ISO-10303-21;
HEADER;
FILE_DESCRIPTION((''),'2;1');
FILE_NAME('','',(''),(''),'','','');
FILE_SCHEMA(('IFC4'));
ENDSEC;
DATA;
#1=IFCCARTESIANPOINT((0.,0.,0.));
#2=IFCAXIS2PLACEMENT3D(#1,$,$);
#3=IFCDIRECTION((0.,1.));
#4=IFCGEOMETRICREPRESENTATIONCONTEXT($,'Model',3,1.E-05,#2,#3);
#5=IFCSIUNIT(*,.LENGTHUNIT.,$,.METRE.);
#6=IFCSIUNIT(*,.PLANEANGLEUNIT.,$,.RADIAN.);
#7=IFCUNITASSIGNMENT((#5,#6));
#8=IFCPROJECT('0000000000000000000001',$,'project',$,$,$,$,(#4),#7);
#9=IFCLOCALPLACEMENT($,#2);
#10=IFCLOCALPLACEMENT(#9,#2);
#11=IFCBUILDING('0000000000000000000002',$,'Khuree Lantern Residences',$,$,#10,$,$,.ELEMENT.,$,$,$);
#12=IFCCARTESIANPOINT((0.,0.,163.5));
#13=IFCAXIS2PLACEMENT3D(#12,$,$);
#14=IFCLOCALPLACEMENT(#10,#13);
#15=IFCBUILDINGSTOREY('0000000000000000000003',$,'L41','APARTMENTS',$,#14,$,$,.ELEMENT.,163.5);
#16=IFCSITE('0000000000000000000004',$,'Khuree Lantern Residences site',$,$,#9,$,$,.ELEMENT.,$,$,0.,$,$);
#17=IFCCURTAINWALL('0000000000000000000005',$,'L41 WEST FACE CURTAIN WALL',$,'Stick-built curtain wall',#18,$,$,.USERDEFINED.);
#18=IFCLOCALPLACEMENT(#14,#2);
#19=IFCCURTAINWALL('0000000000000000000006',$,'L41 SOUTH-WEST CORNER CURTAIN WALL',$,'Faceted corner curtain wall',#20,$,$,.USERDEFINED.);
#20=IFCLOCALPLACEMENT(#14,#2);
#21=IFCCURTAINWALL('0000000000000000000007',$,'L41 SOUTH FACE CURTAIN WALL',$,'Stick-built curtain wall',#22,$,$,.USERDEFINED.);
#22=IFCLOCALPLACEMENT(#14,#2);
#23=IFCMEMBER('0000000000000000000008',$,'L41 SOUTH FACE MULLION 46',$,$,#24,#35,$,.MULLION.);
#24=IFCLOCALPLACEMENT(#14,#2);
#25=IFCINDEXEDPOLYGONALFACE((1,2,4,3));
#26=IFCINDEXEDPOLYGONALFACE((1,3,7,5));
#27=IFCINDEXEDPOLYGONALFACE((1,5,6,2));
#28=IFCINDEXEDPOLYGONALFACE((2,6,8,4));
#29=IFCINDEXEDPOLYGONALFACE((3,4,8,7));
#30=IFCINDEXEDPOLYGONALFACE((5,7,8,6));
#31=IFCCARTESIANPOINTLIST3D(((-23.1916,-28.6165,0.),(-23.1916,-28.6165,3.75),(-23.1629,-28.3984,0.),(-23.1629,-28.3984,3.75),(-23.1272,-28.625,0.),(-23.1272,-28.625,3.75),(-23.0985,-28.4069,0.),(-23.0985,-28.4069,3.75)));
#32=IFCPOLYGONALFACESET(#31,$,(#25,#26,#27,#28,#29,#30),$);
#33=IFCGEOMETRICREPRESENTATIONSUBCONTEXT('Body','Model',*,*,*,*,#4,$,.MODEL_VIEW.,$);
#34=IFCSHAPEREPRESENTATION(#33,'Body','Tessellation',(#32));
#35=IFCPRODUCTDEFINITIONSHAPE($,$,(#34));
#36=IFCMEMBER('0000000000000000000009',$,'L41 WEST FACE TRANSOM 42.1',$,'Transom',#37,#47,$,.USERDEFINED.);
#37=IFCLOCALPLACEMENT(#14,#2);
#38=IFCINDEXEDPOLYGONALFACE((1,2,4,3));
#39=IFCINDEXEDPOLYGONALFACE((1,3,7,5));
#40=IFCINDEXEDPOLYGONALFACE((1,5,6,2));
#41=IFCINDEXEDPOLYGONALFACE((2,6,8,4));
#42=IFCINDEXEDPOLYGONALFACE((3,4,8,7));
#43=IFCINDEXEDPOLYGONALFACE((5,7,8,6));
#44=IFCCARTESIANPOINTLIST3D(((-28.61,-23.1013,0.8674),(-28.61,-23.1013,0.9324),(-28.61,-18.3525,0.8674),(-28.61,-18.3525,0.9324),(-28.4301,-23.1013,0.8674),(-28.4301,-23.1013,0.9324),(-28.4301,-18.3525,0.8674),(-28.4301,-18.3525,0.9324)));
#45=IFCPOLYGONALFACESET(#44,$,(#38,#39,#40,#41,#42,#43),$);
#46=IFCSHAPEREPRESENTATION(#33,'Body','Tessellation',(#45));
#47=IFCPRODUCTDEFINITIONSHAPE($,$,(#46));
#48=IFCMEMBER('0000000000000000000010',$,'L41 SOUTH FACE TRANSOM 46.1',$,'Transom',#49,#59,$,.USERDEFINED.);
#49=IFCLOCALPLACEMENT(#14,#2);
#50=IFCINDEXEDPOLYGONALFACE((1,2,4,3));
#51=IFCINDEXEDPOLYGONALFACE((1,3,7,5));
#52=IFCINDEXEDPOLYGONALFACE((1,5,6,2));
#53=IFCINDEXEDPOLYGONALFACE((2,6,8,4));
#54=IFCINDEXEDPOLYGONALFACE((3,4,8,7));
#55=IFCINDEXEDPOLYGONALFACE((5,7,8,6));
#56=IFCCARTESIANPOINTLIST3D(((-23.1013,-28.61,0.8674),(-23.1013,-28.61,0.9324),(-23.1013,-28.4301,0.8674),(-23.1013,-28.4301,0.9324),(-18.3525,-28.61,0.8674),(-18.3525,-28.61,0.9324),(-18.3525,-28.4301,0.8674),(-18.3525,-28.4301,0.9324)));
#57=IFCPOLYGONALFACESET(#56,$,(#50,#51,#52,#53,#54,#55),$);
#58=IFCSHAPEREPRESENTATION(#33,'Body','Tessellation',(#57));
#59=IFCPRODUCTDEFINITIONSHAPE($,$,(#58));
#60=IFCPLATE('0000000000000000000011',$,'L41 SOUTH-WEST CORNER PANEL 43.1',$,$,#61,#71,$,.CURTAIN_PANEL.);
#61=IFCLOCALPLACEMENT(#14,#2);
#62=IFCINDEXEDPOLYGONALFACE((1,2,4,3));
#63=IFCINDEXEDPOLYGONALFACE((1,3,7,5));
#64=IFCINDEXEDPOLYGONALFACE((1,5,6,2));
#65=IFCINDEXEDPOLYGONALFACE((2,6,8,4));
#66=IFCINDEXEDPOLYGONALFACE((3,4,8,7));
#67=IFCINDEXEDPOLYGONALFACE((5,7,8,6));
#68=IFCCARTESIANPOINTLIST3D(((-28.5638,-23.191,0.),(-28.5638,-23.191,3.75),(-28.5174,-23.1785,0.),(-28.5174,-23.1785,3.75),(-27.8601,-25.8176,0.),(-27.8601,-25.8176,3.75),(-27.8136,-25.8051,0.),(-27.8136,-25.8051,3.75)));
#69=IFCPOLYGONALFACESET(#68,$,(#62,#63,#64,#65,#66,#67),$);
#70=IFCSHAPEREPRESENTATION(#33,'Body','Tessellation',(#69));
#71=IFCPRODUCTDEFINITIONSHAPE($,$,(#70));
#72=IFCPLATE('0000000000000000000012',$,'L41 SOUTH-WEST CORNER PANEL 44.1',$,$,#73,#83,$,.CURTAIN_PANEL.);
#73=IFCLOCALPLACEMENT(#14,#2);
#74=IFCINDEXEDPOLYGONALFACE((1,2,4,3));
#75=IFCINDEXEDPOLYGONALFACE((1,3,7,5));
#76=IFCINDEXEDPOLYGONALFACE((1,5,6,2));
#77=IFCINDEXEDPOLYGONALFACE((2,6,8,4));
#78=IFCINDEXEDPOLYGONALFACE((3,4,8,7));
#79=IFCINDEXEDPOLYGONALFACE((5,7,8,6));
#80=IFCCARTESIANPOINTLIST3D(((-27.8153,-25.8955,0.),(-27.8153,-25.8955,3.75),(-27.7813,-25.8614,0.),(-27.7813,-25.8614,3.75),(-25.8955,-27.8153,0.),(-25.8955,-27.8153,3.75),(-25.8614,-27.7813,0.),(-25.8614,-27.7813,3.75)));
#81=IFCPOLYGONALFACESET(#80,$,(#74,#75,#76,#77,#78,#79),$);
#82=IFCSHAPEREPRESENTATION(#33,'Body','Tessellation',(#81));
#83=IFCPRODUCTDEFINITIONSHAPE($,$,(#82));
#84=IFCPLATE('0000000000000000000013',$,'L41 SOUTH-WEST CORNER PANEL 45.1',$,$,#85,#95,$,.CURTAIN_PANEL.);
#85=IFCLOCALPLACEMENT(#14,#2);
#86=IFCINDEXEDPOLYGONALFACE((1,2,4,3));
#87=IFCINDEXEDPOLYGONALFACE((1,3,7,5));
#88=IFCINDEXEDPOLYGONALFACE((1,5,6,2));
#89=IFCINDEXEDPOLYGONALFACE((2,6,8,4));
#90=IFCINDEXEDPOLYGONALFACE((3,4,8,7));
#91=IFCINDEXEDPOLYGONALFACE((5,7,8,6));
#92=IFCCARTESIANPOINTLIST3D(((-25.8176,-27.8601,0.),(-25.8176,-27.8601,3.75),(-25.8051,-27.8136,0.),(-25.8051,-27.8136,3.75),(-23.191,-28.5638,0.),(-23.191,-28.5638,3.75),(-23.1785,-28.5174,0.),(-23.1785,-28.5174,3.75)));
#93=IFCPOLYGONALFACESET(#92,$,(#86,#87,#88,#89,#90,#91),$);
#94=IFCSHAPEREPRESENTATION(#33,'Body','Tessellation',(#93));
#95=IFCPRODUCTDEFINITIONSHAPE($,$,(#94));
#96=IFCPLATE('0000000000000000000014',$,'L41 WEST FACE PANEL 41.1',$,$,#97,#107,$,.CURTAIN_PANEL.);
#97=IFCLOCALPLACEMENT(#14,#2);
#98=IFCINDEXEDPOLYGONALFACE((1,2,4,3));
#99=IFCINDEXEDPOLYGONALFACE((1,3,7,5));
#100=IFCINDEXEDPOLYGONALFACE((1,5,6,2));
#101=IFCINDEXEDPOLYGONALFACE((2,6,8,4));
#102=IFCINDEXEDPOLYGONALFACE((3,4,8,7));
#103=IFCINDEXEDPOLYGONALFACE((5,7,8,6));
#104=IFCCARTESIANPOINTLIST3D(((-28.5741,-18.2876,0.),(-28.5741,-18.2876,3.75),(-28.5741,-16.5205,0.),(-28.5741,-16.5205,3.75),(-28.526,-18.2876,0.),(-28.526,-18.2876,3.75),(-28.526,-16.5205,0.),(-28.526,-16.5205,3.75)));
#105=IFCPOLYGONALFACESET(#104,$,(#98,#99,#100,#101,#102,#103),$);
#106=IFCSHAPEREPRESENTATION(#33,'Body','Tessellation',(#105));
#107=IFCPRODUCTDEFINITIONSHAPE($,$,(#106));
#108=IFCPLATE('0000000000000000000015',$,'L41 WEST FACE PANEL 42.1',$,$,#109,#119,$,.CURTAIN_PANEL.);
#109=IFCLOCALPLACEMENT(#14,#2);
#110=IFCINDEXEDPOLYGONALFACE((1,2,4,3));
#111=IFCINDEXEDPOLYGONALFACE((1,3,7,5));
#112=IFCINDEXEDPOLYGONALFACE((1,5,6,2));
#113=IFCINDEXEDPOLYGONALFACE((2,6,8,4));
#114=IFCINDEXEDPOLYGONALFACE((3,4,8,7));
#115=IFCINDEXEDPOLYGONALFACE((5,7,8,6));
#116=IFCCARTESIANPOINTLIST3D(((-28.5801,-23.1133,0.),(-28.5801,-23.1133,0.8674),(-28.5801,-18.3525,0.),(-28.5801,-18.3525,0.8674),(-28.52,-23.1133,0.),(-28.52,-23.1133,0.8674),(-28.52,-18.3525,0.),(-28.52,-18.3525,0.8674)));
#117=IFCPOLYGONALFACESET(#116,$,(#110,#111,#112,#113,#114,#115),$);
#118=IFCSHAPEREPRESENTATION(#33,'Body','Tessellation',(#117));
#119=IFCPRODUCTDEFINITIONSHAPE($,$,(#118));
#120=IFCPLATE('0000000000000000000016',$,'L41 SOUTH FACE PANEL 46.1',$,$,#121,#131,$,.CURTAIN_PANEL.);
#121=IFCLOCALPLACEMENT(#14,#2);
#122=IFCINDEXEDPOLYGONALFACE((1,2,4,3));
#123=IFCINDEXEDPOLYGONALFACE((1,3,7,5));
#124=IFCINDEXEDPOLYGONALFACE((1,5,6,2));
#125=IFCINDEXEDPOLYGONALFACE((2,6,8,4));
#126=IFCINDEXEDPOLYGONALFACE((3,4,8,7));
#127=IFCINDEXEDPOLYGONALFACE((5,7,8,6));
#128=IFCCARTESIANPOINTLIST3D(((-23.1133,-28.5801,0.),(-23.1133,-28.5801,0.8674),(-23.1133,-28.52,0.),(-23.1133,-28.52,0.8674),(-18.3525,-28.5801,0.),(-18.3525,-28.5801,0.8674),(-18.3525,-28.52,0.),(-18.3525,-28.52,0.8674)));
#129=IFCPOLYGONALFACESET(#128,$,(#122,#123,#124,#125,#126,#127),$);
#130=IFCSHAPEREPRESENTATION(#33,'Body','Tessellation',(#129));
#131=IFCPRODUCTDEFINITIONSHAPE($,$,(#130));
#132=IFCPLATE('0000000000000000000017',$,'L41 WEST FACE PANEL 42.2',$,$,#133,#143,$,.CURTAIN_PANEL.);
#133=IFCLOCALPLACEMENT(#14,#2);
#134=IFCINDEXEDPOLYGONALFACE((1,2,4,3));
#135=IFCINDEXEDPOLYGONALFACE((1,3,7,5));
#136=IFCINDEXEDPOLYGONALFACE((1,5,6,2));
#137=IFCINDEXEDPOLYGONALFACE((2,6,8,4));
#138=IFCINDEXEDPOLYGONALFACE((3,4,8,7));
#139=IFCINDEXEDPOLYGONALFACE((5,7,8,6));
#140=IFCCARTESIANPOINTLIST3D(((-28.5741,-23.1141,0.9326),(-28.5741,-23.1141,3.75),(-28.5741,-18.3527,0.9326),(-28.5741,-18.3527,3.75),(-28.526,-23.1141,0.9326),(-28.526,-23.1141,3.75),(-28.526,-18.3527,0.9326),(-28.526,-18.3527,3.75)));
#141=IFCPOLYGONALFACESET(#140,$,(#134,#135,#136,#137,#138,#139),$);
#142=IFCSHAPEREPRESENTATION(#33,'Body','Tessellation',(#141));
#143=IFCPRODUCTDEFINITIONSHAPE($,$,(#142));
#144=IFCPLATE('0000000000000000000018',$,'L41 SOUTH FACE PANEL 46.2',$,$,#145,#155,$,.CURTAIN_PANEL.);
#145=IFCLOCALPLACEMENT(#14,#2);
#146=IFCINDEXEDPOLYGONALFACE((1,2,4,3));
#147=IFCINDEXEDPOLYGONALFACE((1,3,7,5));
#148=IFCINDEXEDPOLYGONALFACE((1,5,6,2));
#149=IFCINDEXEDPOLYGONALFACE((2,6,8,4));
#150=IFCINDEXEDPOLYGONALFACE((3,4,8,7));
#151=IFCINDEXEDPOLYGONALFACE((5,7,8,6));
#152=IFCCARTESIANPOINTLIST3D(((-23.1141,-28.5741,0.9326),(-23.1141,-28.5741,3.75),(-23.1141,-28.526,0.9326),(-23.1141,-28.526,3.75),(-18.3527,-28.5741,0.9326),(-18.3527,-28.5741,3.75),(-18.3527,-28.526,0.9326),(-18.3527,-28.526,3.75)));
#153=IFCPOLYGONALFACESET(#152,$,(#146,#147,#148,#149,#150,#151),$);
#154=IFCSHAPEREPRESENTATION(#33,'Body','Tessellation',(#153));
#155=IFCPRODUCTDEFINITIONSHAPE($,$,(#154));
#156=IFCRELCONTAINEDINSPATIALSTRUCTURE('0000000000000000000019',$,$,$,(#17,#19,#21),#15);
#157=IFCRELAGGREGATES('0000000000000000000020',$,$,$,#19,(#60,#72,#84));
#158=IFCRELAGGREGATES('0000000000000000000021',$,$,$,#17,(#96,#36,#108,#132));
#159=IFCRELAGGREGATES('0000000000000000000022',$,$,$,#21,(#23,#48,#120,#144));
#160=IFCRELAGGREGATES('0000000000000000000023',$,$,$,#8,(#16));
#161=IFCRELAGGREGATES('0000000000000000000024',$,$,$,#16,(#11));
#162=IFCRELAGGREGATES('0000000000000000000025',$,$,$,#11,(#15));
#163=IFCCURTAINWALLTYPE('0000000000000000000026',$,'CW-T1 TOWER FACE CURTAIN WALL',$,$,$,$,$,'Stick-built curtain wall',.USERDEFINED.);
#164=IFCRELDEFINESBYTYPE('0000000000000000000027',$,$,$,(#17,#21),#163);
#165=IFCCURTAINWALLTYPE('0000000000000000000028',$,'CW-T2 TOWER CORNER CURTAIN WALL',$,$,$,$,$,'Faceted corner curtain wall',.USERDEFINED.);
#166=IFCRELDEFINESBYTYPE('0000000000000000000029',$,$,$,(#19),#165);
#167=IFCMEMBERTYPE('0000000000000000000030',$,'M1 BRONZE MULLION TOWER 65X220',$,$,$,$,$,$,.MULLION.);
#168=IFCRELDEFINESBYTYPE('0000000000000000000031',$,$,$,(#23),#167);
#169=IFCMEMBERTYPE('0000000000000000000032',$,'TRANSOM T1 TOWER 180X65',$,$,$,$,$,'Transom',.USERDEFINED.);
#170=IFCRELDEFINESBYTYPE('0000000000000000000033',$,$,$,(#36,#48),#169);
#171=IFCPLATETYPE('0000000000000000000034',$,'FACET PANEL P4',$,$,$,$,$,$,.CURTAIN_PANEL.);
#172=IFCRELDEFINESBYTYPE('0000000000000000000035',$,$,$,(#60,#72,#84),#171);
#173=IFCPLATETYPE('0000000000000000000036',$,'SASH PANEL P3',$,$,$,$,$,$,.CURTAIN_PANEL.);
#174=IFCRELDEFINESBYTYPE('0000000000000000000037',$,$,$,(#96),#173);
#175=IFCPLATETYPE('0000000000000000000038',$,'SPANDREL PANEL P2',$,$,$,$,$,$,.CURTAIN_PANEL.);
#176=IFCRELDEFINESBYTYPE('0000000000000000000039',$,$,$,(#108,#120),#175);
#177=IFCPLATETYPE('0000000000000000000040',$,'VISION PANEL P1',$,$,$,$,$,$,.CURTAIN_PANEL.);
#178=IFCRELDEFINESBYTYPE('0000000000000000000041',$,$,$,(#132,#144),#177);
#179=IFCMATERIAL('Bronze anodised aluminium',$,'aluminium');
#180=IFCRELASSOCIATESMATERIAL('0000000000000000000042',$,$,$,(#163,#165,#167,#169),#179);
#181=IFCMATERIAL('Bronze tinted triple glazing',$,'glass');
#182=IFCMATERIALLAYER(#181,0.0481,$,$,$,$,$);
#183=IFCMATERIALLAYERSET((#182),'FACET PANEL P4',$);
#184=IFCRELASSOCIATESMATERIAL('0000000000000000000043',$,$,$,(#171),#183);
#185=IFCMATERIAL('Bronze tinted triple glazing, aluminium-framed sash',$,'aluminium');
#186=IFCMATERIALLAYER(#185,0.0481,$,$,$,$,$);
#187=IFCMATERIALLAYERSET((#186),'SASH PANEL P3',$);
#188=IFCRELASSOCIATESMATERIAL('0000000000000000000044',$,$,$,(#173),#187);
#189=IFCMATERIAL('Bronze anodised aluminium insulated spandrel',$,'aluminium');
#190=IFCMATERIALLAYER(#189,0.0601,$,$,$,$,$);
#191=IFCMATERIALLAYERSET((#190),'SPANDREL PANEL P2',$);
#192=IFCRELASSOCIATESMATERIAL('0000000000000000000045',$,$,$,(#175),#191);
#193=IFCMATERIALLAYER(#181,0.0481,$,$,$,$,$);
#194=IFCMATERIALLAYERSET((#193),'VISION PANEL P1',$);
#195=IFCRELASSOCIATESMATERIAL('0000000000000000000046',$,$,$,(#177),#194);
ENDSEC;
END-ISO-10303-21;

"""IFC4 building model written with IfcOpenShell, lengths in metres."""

from ifc_helpers import new_model, si_unit, direction, frame, origin, origin_2d, place, context, subcontext, project, spatial, rectangle, extrude, material, layer, layer_set, material_profile, profile_set, type_object, element, aggregate, save


model = new_model("IFC4")

# Units and contexts
model_context = context("Model", 3, precision=1e-05, world=origin(), true_north=direction((0.0, 1.0)))
body_context = subcontext(model_context, "Body", "Model", "MODEL_VIEW")
ifc_project = project(units=[si_unit("LENGTHUNIT", "METRE"), si_unit("PLANEANGLEUNIT", "RADIAN")], contexts=[model_context])

# Site, building, storey
site_placement = place(None, origin())
site = spatial("IfcSite", under=ifc_project, at=site_placement, Name="Khuree Lantern Residences site", CompositionType="ELEMENT", RefElevation=0.0)
building_placement = place(site_placement, origin())
building = spatial("IfcBuilding", under=site, at=building_placement, Name="Khuree Lantern Residences", CompositionType="ELEMENT")
storey_placement = place(building_placement, frame((0.0, 0.0, 163.5)))
storey = spatial("IfcBuildingStorey", under=building, at=storey_placement, Name="L41", Description="APARTMENTS", CompositionType="ELEMENT", Elevation=163.5)

# Curtain walls
ifc_material_1 = material(Name="Bronze anodised aluminium", Category="aluminium")
curtain_wall_type_1 = type_object("IfcCurtainWallType", Name="CW-T1 TOWER FACE CURTAIN WALL", ElementType="Stick-built curtain wall", PredefinedType="USERDEFINED", material=ifc_material_1)
curtain_wall_1_placement = place(storey_placement, origin())
curtain_wall_1 = element("IfcCurtainWall", 1, at=curtain_wall_1_placement, inside=storey, type_object=curtain_wall_type_1, Name="L41 WEST FACE CURTAIN WALL", ObjectType="Stick-built curtain wall", PredefinedType="USERDEFINED")
curtain_wall_type_2 = type_object("IfcCurtainWallType", Name="CW-T2 TOWER CORNER CURTAIN WALL", ElementType="Faceted corner curtain wall", PredefinedType="USERDEFINED", material=ifc_material_1)
curtain_wall_2_placement = place(storey_placement, origin())
curtain_wall_2 = element("IfcCurtainWall", 2, at=curtain_wall_2_placement, inside=storey, type_object=curtain_wall_type_2, Name="L41 SOUTH-WEST CORNER CURTAIN WALL", ObjectType="Faceted corner curtain wall", PredefinedType="USERDEFINED")

# Shared definitions
ifc_material_profile_1 = material_profile(ifc_material_1, rectangle(XDim=0.0649, YDim=0.22, at=origin_2d()), Name="M1 65X220")
ifc_profile_set_1 = profile_set([ifc_material_profile_1], Name="Bronze anodised aluminium")
member_type_1 = type_object("IfcMemberType", Name="M1 BRONZE MULLION TOWER 65X220", PredefinedType="MULLION", material=ifc_profile_set_1)

# Curtain wall, member
curtain_wall_3_placement = place(storey_placement, origin())
curtain_wall_3 = element("IfcCurtainWall", 3, at=curtain_wall_3_placement, inside=storey, type_object=curtain_wall_type_1, Name="L41 SOUTH FACE CURTAIN WALL", ObjectType="Stick-built curtain wall", PredefinedType="USERDEFINED")
member_1_placement = place(storey_placement, frame((-23.145, -28.5117, 0.0), z_axis=(0.0, 0.0, 1.0), x_axis=(0.991445, -0.130526, 0.0)))
member_1 = element("IfcMember", 4, at=member_1_placement, type_object=member_type_1, Name="L41 SOUTH FACE MULLION 46", PredefinedType="MULLION", context=body_context, shape_type="SweptSolid", body=[
    extrude(rectangle(XDim=0.0649, YDim=0.22, at=origin_2d()), origin(), (0.0, 0.0, 1.0), 3.75),
])

# Members
ifc_material_profile_2 = material_profile(ifc_material_1, rectangle(XDim=0.1799, YDim=0.0649, at=origin_2d()), Name="T1 180X65")
ifc_profile_set_2 = profile_set([ifc_material_profile_2], Name="Bronze anodised aluminium")
member_type_2 = type_object("IfcMemberType", Name="TRANSOM T1 TOWER 180X65", ElementType="Transom", PredefinedType="USERDEFINED", material=ifc_profile_set_2)
member_2_placement = place(storey_placement, frame((-28.52, -18.3525, 0.8999), z_axis=(0.0, -1.0, 0.0), x_axis=(1.0, 0.0, 0.0)))
member_2 = element("IfcMember", 5, at=member_2_placement, type_object=member_type_2, Name="L41 WEST FACE TRANSOM 42.1", ObjectType="Transom", PredefinedType="USERDEFINED", context=body_context, shape_type="SweptSolid", body=[
    extrude(rectangle(XDim=0.1799, YDim=0.0649, at=origin_2d()), origin(), (0.0, 0.0, 1.0), 4.7488),
])
member_3_placement = place(storey_placement, frame((-23.1013, -28.52, 0.8999), z_axis=(1.0, 0.0, 0.0), x_axis=(0.0, 1.0, 0.0)))
member_3 = element("IfcMember", 6, at=member_3_placement, type_object=member_type_2, Name="L41 SOUTH FACE TRANSOM 46.1", ObjectType="Transom", PredefinedType="USERDEFINED", context=body_context, shape_type="SweptSolid", body=[
    extrude(rectangle(XDim=0.1799, YDim=0.0649, at=origin_2d()), origin(), (0.0, 0.0, 1.0), 4.7488),
])

# Plates
ifc_material_2 = material(Name="Bronze tinted triple glazing", Category="glass")
ifc_layer_1 = layer(ifc_material_2, 0.0481)
ifc_layer_set_1 = layer_set([ifc_layer_1], Name="FACET PANEL P4")
plate_type_1 = type_object("IfcPlateType", Name="FACET PANEL P4", PredefinedType="CURTAIN_PANEL", material=ifc_layer_set_1)
plate_1_placement = place(storey_placement, frame((-28.1887, -24.498, 0.0), z_axis=(0.0, 0.0, 1.0), x_axis=(0.258819, -0.965926, 0.0)))
plate_1 = element("IfcPlate", 7, at=plate_1_placement, type_object=plate_type_1, Name="L41 SOUTH-WEST CORNER PANEL 43.1", PredefinedType="CURTAIN_PANEL", context=body_context, shape_type="SweptSolid", body=[
    extrude(rectangle(XDim=2.7192, YDim=0.0481, at=origin_2d()), origin(), (0.0, 0.0, 1.0), 3.75),
])
plate_2_placement = place(storey_placement, frame((-26.8384, -26.8384, 0.0), z_axis=(0.0, 0.0, 1.0), x_axis=(0.707107, -0.707107, 0.0)))
plate_2 = element("IfcPlate", 8, at=plate_2_placement, type_object=plate_type_1, Name="L41 SOUTH-WEST CORNER PANEL 44.1", PredefinedType="CURTAIN_PANEL", context=body_context, shape_type="SweptSolid", body=[
    extrude(rectangle(XDim=2.7151, YDim=0.0481, at=origin_2d()), origin(), (0.0, 0.0, 1.0), 3.75),
])
plate_3_placement = place(storey_placement, frame((-24.498, -28.1887, 0.0), z_axis=(0.0, 0.0, 1.0), x_axis=(0.965926, -0.258819, 0.0)))
plate_3 = element("IfcPlate", 9, at=plate_3_placement, type_object=plate_type_1, Name="L41 SOUTH-WEST CORNER PANEL 45.1", PredefinedType="CURTAIN_PANEL", context=body_context, shape_type="SweptSolid", body=[
    extrude(rectangle(XDim=2.7192, YDim=0.0481, at=origin_2d()), origin(), (0.0, 0.0, 1.0), 3.75),
])
aggregate(curtain_wall_2, [plate_1, plate_2, plate_3])
ifc_material_3 = material(Name="Bronze tinted triple glazing, aluminium-framed sash", Category="aluminium")
ifc_layer_2 = layer(ifc_material_3, 0.0481)
ifc_layer_set_2 = layer_set([ifc_layer_2], Name="SASH PANEL P3")
plate_type_2 = type_object("IfcPlateType", Name="SASH PANEL P3", PredefinedType="CURTAIN_PANEL", material=ifc_layer_set_2)
plate_4_placement = place(storey_placement, frame((-28.55, -17.4041, 0.0), z_axis=(0.0, 0.0, 1.0), x_axis=(0.0, -1.0, 0.0)))
plate_4 = element("IfcPlate", 10, at=plate_4_placement, type_object=plate_type_2, Name="L41 WEST FACE PANEL 41.1", PredefinedType="CURTAIN_PANEL", context=body_context, shape_type="SweptSolid", body=[
    extrude(rectangle(XDim=1.7671, YDim=0.0481, at=origin_2d()), origin(), (0.0, 0.0, 1.0), 3.75),
])
ifc_material_4 = material(Name="Bronze anodised aluminium insulated spandrel", Category="aluminium")
ifc_layer_3 = layer(ifc_material_4, 0.0601)
ifc_layer_set_3 = layer_set([ifc_layer_3], Name="SPANDREL PANEL P2")
plate_type_3 = type_object("IfcPlateType", Name="SPANDREL PANEL P2", PredefinedType="CURTAIN_PANEL", material=ifc_layer_set_3)
plate_5_placement = place(storey_placement, frame((-28.55, -20.7329, 0.0), z_axis=(0.0, 0.0, 1.0), x_axis=(0.0, -1.0, 0.0)))
plate_5 = element("IfcPlate", 11, at=plate_5_placement, type_object=plate_type_3, Name="L41 WEST FACE PANEL 42.1", PredefinedType="CURTAIN_PANEL", context=body_context, shape_type="SweptSolid", body=[
    extrude(rectangle(XDim=4.7607, YDim=0.0601, at=origin_2d()), origin(), (0.0, 0.0, 1.0), 0.8674),
])
plate_6_placement = place(storey_placement, frame((-20.7329, -28.55, 0.0), z_axis=(0.0, 0.0, 1.0), x_axis=(1.0, 0.0, 0.0)))
plate_6 = element("IfcPlate", 12, at=plate_6_placement, type_object=plate_type_3, Name="L41 SOUTH FACE PANEL 46.1", PredefinedType="CURTAIN_PANEL", context=body_context, shape_type="SweptSolid", body=[
    extrude(rectangle(XDim=4.7607, YDim=0.0601, at=origin_2d()), origin(), (0.0, 0.0, 1.0), 0.8674),
])
ifc_layer_4 = layer(ifc_material_2, 0.0481)
ifc_layer_set_4 = layer_set([ifc_layer_4], Name="VISION PANEL P1")
plate_type_4 = type_object("IfcPlateType", Name="VISION PANEL P1", PredefinedType="CURTAIN_PANEL", material=ifc_layer_set_4)
plate_7_placement = place(storey_placement, frame((-28.55, -20.7334, 0.9326), z_axis=(0.0, 0.0, 1.0), x_axis=(0.0, -1.0, 0.0)))
plate_7 = element("IfcPlate", 13, at=plate_7_placement, type_object=plate_type_4, Name="L41 WEST FACE PANEL 42.2", PredefinedType="CURTAIN_PANEL", context=body_context, shape_type="SweptSolid", body=[
    extrude(rectangle(XDim=4.7615, YDim=0.0481, at=origin_2d()), origin(), (0.0, 0.0, 1.0), 2.8174),
])
aggregate(curtain_wall_1, [plate_4, member_2, plate_5, plate_7])
plate_8_placement = place(storey_placement, frame((-20.7334, -28.55, 0.9326), z_axis=(0.0, 0.0, 1.0), x_axis=(1.0, 0.0, 0.0)))
plate_8 = element("IfcPlate", 14, at=plate_8_placement, type_object=plate_type_4, Name="L41 SOUTH FACE PANEL 46.2", PredefinedType="CURTAIN_PANEL", context=body_context, shape_type="SweptSolid", body=[
    extrude(rectangle(XDim=4.7615, YDim=0.0481, at=origin_2d()), origin(), (0.0, 0.0, 1.0), 2.8174),
])
aggregate(curtain_wall_3, [member_1, member_3, plate_6, plate_8])

save(model, "model.ifc")
